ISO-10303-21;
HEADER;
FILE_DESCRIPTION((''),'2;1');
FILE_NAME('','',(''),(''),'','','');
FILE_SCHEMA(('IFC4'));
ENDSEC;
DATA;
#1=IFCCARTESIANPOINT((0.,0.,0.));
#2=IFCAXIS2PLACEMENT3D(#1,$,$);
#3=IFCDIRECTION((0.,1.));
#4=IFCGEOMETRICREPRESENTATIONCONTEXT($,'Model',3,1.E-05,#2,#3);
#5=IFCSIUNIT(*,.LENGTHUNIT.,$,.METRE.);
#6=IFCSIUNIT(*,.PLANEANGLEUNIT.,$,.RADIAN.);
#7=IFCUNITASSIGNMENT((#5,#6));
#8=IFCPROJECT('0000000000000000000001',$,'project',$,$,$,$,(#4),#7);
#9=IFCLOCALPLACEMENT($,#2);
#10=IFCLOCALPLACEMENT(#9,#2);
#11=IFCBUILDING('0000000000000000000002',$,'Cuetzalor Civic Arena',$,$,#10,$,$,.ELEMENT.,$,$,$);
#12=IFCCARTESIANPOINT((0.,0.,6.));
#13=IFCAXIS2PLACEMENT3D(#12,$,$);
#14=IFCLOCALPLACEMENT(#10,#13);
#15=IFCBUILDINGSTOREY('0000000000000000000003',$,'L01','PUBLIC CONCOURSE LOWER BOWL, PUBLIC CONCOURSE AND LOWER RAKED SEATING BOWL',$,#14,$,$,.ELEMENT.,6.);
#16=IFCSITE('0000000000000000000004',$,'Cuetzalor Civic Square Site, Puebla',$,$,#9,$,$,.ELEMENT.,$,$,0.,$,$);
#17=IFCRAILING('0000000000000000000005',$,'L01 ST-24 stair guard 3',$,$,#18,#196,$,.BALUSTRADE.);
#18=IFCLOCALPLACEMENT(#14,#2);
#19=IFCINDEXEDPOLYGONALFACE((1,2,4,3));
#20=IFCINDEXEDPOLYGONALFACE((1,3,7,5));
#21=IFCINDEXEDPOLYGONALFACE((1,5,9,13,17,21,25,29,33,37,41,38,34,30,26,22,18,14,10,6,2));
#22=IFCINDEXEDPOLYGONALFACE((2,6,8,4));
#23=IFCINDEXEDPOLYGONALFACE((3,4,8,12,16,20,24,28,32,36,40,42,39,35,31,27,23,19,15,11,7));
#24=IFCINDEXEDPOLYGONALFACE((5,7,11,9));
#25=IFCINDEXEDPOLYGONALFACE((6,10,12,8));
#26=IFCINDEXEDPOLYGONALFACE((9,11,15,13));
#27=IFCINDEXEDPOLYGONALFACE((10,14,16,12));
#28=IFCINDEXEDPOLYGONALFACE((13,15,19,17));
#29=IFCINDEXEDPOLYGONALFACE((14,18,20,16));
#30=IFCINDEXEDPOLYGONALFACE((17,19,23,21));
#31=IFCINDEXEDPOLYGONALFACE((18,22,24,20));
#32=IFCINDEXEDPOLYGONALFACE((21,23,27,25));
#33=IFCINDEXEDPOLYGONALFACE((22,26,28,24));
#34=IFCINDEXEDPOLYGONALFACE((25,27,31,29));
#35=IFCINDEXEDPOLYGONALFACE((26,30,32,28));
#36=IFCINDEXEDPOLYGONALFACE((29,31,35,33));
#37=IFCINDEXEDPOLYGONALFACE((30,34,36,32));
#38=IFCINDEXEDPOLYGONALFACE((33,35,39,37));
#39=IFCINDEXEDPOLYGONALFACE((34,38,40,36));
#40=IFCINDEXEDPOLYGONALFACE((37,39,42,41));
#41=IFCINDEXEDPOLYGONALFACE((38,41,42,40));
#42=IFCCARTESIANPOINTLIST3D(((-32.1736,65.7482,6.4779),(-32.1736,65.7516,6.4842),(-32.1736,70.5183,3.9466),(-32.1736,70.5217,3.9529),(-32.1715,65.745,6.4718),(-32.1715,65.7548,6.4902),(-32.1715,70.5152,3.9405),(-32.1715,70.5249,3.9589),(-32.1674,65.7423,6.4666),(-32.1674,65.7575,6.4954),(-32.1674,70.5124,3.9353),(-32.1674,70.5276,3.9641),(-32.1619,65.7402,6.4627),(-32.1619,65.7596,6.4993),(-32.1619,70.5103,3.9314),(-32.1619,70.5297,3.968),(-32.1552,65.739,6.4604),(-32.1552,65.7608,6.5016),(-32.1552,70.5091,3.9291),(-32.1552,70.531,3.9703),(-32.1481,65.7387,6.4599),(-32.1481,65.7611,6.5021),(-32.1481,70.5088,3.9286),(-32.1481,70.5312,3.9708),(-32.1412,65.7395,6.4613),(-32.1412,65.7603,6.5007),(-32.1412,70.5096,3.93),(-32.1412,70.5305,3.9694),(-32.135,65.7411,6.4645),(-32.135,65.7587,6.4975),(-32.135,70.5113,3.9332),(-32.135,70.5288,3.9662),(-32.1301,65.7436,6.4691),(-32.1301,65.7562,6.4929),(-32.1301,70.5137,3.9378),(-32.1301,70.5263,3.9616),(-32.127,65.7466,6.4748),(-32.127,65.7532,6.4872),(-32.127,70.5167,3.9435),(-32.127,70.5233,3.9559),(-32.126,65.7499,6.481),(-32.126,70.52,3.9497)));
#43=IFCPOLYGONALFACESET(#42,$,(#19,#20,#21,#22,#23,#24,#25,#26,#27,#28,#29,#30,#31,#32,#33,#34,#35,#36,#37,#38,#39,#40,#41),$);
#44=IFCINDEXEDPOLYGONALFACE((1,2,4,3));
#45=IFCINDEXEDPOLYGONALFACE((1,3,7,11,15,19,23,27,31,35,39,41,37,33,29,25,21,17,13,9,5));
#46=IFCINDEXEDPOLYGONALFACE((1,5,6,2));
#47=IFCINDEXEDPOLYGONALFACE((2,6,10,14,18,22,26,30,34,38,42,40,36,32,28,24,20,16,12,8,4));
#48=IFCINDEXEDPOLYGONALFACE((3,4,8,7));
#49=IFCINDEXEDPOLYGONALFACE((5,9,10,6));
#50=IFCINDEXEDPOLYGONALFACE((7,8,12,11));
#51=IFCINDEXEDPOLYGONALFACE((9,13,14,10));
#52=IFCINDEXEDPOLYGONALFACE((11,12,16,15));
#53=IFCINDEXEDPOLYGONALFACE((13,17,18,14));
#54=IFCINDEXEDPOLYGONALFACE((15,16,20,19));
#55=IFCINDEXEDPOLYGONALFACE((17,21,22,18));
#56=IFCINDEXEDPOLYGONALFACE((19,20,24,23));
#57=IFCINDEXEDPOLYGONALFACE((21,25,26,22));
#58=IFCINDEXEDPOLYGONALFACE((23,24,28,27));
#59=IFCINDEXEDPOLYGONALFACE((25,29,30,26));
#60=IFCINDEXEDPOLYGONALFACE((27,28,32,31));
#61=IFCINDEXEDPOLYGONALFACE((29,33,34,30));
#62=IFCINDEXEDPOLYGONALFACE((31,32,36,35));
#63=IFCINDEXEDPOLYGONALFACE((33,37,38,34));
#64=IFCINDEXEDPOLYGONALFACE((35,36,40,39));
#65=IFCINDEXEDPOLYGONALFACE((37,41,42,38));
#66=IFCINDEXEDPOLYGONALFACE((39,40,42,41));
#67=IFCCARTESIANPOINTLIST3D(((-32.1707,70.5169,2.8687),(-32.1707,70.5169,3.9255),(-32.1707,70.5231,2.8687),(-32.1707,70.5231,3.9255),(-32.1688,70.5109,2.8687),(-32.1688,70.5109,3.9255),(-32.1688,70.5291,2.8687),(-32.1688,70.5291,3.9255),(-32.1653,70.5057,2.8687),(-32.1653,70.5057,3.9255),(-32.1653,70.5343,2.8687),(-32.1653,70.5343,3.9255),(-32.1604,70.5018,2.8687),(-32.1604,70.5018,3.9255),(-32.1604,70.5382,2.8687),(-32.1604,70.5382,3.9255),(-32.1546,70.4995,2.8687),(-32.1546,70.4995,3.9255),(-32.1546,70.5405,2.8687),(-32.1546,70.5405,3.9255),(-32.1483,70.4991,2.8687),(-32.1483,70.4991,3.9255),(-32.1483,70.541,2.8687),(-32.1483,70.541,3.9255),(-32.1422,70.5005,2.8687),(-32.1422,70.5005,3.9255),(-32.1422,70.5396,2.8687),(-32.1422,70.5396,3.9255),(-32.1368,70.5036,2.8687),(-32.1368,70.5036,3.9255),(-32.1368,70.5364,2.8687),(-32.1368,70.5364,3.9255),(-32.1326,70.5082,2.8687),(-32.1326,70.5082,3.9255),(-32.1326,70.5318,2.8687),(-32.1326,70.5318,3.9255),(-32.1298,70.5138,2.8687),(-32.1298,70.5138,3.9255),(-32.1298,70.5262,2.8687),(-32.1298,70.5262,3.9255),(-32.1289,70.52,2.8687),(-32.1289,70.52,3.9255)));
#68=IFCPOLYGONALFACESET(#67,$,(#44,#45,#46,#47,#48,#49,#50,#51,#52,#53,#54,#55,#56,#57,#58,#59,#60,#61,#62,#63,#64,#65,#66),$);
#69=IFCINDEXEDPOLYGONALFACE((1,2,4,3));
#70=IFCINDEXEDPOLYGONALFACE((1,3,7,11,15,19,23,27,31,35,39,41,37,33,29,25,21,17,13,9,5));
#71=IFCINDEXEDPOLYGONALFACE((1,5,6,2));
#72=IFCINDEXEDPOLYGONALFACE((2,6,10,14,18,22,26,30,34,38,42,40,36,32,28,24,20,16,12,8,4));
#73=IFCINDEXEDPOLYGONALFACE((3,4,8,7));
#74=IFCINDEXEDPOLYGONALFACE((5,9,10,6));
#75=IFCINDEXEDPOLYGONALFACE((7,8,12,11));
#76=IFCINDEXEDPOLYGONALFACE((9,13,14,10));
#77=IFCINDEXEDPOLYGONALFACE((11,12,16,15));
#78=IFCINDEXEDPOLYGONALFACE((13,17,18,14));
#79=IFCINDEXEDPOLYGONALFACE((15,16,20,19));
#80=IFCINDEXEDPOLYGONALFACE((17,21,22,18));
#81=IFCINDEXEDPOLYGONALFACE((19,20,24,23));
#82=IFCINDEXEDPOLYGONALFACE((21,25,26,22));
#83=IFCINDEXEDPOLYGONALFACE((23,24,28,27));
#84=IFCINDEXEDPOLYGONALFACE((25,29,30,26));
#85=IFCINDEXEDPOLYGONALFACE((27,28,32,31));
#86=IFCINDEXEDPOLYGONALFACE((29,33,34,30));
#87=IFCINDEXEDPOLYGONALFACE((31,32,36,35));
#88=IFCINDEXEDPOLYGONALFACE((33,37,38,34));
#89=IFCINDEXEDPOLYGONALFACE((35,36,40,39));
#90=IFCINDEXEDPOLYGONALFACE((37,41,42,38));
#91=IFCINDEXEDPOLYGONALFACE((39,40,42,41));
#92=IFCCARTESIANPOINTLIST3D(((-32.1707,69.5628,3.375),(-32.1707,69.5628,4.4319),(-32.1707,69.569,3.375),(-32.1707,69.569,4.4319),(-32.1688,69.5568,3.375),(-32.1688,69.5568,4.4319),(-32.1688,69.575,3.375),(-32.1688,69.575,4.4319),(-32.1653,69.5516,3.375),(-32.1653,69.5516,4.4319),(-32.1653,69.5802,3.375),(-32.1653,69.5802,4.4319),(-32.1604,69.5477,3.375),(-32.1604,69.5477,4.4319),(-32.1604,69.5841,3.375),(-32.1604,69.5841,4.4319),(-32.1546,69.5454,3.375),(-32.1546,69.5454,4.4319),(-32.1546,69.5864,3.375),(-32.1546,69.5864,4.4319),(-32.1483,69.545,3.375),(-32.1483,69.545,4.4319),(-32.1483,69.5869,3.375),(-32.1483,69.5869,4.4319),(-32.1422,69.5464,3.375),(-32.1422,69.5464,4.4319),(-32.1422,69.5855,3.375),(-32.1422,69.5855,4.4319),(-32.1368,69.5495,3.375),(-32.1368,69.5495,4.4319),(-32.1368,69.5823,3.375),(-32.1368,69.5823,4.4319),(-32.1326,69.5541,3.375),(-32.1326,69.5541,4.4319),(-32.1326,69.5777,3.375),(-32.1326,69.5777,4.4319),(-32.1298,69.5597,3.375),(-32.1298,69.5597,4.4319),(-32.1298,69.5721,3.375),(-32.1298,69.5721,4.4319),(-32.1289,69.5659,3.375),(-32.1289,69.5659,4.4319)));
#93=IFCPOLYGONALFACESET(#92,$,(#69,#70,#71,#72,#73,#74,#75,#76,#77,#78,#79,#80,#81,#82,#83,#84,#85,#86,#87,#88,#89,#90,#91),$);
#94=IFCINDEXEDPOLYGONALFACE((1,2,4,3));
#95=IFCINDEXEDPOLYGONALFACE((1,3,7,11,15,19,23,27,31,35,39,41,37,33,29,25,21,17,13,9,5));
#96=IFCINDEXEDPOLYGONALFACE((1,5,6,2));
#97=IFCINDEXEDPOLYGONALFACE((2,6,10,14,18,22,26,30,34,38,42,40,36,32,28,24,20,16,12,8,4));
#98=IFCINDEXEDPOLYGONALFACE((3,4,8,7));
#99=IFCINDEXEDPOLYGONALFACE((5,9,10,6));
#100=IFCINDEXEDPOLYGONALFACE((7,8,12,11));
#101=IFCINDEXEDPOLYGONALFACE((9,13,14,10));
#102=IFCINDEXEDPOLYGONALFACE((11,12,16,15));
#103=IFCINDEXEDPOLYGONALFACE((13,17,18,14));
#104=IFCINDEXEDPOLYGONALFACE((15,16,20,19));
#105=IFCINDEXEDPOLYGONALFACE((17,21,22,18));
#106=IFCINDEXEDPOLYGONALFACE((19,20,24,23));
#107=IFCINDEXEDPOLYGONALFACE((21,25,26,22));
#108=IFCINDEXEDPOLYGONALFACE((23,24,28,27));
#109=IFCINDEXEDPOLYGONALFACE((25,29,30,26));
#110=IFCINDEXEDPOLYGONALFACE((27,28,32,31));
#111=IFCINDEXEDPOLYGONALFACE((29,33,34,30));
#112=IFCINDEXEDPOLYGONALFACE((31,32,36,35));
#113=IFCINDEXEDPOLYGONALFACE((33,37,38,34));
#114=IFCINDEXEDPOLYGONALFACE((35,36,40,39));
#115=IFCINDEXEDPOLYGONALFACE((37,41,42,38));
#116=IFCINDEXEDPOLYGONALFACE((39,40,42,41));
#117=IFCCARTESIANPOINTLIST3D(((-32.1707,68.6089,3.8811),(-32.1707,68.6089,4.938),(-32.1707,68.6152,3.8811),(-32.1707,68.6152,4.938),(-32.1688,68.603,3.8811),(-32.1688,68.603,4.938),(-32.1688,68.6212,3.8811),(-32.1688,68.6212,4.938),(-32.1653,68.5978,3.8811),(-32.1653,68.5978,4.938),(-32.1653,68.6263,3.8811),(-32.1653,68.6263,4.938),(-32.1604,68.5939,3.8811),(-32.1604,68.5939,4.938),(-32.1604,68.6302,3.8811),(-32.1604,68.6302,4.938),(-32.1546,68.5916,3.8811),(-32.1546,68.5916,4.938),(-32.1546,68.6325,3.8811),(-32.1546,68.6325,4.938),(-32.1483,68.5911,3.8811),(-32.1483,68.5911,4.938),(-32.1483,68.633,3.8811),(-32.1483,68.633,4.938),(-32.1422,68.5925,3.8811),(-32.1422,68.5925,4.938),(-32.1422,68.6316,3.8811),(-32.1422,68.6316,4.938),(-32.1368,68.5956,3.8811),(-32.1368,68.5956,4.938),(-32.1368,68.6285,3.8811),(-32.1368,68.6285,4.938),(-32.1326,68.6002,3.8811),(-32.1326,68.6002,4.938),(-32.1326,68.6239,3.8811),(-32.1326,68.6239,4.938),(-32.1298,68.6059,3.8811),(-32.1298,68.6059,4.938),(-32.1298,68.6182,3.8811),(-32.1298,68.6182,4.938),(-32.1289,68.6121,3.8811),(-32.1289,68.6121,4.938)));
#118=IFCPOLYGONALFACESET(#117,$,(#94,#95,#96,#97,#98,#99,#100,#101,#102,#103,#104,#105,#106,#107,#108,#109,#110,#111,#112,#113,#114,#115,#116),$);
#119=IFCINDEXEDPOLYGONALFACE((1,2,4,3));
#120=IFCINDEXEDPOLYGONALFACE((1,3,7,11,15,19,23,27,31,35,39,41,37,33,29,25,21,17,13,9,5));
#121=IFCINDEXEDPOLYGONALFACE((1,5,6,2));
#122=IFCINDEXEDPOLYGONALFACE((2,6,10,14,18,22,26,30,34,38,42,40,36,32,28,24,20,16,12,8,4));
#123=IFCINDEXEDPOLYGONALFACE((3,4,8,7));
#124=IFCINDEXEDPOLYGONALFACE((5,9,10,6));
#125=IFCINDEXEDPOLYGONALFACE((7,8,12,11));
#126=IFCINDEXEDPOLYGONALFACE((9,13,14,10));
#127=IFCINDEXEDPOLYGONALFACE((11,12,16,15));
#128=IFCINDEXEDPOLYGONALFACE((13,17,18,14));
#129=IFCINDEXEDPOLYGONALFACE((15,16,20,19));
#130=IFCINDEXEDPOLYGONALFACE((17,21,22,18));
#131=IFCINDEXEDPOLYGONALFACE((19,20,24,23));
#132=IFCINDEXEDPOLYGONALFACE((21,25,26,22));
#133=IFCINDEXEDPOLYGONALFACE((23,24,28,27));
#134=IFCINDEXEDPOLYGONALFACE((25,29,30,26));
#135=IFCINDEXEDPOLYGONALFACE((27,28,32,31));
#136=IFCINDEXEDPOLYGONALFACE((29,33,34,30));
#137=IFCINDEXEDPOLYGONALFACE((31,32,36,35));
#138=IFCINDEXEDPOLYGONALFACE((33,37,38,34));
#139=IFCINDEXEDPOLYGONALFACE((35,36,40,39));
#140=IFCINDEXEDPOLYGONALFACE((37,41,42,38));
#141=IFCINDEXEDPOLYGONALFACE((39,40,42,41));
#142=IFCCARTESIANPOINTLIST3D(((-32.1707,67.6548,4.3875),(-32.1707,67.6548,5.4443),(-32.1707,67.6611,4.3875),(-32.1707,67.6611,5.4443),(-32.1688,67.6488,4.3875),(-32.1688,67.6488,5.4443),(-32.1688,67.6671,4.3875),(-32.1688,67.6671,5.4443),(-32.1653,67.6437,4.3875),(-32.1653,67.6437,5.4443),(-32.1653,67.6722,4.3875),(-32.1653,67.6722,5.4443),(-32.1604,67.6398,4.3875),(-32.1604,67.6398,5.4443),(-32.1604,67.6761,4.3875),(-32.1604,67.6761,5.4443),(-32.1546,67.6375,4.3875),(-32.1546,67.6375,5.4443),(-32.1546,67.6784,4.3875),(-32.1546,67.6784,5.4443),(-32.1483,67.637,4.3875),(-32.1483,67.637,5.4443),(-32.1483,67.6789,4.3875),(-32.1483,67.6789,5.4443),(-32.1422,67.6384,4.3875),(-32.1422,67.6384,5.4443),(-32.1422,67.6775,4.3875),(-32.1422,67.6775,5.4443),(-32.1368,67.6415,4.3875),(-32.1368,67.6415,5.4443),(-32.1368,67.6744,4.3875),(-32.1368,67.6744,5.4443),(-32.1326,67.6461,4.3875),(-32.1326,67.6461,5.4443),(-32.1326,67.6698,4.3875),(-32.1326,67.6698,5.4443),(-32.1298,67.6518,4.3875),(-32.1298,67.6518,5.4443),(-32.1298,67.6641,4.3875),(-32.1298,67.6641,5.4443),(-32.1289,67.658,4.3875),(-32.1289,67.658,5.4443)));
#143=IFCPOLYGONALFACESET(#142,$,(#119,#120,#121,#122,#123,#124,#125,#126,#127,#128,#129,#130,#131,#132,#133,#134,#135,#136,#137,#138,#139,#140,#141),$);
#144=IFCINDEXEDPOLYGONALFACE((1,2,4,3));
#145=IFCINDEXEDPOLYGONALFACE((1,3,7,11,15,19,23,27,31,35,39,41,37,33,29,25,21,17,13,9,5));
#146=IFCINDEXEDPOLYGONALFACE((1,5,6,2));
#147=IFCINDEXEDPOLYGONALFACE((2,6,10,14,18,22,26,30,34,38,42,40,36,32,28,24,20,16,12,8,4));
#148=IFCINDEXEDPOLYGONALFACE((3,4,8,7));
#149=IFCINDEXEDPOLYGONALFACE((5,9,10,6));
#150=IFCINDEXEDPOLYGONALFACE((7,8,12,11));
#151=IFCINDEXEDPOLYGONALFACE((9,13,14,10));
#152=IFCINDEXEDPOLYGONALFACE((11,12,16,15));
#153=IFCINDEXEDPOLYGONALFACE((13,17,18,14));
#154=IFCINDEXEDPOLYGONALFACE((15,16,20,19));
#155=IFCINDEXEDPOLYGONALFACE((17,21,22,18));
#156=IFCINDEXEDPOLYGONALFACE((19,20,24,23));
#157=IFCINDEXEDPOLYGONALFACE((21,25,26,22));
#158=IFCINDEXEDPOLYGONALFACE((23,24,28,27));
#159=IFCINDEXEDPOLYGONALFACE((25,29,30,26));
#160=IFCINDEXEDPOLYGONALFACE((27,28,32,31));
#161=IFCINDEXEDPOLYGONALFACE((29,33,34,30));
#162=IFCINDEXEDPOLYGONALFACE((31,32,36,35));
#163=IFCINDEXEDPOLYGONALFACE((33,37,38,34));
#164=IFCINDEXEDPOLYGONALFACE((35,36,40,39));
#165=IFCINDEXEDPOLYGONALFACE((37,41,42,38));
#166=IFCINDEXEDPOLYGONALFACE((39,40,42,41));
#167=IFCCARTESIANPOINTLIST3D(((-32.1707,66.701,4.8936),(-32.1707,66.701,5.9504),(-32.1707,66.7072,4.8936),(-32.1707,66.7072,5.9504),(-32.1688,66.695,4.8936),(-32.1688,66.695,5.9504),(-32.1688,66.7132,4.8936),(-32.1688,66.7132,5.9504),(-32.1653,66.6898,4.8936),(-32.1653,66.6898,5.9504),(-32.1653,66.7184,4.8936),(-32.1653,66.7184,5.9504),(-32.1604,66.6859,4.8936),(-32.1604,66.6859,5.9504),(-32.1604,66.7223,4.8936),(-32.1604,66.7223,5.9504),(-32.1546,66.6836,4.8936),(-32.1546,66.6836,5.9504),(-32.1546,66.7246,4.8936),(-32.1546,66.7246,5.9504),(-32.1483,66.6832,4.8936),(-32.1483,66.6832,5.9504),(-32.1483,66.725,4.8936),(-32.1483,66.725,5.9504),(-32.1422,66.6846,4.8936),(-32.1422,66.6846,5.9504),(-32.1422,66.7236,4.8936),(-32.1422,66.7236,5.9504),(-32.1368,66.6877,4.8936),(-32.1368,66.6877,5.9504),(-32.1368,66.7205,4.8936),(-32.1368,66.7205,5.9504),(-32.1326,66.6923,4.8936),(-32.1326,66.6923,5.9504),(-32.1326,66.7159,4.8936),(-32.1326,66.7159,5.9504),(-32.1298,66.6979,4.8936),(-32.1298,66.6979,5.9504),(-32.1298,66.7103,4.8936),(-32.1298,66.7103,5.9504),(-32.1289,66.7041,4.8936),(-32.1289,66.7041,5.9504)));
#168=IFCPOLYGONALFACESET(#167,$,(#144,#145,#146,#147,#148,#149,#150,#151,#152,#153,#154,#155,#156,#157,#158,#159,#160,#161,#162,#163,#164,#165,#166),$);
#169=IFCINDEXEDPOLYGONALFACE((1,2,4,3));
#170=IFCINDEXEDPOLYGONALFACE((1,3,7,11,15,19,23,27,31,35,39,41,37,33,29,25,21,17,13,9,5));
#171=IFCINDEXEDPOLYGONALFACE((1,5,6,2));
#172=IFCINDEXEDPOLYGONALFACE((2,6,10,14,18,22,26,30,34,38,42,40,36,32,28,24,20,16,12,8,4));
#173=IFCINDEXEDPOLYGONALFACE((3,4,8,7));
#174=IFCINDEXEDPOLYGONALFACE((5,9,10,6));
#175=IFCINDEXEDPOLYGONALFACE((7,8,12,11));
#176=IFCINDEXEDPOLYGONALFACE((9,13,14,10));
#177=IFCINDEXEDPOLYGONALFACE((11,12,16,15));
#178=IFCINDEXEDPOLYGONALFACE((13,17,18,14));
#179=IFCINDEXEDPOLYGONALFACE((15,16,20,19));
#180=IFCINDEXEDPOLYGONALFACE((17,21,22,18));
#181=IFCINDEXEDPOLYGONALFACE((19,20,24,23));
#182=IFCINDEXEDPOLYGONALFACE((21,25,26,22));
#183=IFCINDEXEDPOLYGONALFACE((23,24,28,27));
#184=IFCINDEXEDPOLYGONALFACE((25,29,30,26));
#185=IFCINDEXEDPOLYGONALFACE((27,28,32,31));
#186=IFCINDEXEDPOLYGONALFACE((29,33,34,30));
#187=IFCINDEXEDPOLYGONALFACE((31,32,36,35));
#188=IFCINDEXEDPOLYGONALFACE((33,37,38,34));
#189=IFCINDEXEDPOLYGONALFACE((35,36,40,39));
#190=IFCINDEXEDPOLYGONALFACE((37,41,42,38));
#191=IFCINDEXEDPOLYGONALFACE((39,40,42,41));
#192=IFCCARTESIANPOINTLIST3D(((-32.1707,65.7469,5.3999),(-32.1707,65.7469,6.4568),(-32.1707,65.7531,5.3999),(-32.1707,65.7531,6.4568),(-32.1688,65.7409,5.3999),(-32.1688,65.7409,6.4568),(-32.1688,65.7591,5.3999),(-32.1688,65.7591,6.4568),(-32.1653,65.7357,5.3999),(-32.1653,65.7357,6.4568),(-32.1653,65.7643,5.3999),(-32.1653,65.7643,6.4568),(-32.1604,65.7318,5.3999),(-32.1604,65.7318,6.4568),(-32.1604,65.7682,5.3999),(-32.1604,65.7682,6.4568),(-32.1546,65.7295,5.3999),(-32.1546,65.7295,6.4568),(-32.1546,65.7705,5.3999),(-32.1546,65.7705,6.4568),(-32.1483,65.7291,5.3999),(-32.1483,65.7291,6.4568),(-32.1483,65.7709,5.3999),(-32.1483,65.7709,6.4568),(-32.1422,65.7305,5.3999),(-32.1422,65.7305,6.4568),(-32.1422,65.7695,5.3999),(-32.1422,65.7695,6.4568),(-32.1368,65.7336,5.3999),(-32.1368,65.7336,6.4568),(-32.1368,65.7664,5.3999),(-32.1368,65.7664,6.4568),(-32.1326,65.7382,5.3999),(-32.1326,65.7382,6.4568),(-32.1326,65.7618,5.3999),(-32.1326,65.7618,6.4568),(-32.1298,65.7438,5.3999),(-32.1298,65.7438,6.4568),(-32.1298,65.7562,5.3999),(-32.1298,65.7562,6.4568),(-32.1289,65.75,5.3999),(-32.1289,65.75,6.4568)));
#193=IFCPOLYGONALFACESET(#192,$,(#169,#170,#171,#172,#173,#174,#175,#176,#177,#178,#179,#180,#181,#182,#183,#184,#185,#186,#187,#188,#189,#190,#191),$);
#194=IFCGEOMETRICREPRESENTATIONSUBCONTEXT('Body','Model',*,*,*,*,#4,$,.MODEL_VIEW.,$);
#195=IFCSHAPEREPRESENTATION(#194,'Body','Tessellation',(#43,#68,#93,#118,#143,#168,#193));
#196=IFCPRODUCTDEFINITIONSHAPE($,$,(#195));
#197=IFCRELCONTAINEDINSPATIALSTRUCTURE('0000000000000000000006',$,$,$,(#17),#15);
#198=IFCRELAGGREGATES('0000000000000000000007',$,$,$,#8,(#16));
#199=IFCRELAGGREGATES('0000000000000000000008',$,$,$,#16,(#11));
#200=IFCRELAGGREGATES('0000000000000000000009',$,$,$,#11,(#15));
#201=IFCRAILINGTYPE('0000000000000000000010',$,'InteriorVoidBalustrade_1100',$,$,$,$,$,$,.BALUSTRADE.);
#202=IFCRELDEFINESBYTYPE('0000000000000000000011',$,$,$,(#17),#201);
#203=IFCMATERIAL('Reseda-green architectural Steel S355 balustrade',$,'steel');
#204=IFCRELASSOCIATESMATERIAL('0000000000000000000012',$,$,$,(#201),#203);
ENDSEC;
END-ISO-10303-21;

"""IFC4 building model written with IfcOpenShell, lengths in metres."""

from ifc_helpers import new_model, si_unit, direction, frame, origin, origin_2d, place, context, subcontext, project, spatial, circle, extrude, material, type_object, element, save


model = new_model("IFC4")

# Units and contexts
model_context = context("Model", 3, precision=1e-05, world=origin(), true_north=direction((0.0, 1.0)))
body_context = subcontext(model_context, "Body", "Model", "MODEL_VIEW")
ifc_project = project(units=[si_unit("LENGTHUNIT", "METRE"), si_unit("PLANEANGLEUNIT", "RADIAN")], contexts=[model_context])

# Site, building, storey
site_placement = place(None, origin())
site = spatial("IfcSite", under=ifc_project, at=site_placement, Name="Cuetzalor Civic Square Site, Puebla", CompositionType="ELEMENT", RefElevation=0.0)
building_placement = place(site_placement, origin())
building = spatial("IfcBuilding", under=site, at=building_placement, Name="Cuetzalor Civic Arena", CompositionType="ELEMENT")
storey_placement = place(building_placement, frame((0.0, 0.0, 6.0)))
storey = spatial("IfcBuildingStorey", under=building, at=storey_placement, Name="L01", Description="PUBLIC CONCOURSE LOWER BOWL, PUBLIC CONCOURSE AND LOWER RAKED SEATING BOWL", CompositionType="ELEMENT", Elevation=6.0)

# Railing
ifc_material_1 = material(Name="Reseda-green architectural Steel S355 balustrade", Category="steel")
railing_type_1 = type_object("IfcRailingType", Name="InteriorVoidBalustrade_1100", PredefinedType="BALUSTRADE", material=ifc_material_1)
railing_1_placement = place(storey_placement, frame((-32.1499, 70.52, 2.8687)))
element("IfcRailing", 1, at=railing_1_placement, inside=storey, type_object=railing_type_1, Name="L01 ST-24 stair guard 3", PredefinedType="BALUSTRADE", context=body_context, shape_type="SweptSolid", body=[
    extrude(circle(Radius=0.0239, at=origin_2d()), frame((0.0, 0.0, 1.0811), z_axis=(0.0, -0.883332, 0.468747), x_axis=(1.0, 0.0, 0.0)), (0.0, 0.0, 1.0), 5.4001),
    extrude(circle(Radius=0.021, at=origin_2d()), origin(), (0.0, 0.0, 1.0), 1.0569),
    extrude(circle(Radius=0.021, at=origin_2d()), frame((0.0, -0.9541, 0.5063)), (0.0, 0.0, 1.0), 1.0569),
    extrude(circle(Radius=0.021, at=origin_2d()), frame((0.0, -1.908, 1.0125)), (0.0, 0.0, 1.0), 1.0569),
    extrude(circle(Radius=0.021, at=origin_2d()), frame((0.0, -2.8621, 1.5188)), (0.0, 0.0, 1.0), 1.0569),
    extrude(circle(Radius=0.021, at=origin_2d()), frame((0.0, -3.8159, 2.0249)), (0.0, 0.0, 1.0), 1.0569),
    extrude(circle(Radius=0.021, at=origin_2d()), frame((0.0, -4.77, 2.5312)), (0.0, 0.0, 1.0), 1.0569),
])

save(model, "model.ifc")
